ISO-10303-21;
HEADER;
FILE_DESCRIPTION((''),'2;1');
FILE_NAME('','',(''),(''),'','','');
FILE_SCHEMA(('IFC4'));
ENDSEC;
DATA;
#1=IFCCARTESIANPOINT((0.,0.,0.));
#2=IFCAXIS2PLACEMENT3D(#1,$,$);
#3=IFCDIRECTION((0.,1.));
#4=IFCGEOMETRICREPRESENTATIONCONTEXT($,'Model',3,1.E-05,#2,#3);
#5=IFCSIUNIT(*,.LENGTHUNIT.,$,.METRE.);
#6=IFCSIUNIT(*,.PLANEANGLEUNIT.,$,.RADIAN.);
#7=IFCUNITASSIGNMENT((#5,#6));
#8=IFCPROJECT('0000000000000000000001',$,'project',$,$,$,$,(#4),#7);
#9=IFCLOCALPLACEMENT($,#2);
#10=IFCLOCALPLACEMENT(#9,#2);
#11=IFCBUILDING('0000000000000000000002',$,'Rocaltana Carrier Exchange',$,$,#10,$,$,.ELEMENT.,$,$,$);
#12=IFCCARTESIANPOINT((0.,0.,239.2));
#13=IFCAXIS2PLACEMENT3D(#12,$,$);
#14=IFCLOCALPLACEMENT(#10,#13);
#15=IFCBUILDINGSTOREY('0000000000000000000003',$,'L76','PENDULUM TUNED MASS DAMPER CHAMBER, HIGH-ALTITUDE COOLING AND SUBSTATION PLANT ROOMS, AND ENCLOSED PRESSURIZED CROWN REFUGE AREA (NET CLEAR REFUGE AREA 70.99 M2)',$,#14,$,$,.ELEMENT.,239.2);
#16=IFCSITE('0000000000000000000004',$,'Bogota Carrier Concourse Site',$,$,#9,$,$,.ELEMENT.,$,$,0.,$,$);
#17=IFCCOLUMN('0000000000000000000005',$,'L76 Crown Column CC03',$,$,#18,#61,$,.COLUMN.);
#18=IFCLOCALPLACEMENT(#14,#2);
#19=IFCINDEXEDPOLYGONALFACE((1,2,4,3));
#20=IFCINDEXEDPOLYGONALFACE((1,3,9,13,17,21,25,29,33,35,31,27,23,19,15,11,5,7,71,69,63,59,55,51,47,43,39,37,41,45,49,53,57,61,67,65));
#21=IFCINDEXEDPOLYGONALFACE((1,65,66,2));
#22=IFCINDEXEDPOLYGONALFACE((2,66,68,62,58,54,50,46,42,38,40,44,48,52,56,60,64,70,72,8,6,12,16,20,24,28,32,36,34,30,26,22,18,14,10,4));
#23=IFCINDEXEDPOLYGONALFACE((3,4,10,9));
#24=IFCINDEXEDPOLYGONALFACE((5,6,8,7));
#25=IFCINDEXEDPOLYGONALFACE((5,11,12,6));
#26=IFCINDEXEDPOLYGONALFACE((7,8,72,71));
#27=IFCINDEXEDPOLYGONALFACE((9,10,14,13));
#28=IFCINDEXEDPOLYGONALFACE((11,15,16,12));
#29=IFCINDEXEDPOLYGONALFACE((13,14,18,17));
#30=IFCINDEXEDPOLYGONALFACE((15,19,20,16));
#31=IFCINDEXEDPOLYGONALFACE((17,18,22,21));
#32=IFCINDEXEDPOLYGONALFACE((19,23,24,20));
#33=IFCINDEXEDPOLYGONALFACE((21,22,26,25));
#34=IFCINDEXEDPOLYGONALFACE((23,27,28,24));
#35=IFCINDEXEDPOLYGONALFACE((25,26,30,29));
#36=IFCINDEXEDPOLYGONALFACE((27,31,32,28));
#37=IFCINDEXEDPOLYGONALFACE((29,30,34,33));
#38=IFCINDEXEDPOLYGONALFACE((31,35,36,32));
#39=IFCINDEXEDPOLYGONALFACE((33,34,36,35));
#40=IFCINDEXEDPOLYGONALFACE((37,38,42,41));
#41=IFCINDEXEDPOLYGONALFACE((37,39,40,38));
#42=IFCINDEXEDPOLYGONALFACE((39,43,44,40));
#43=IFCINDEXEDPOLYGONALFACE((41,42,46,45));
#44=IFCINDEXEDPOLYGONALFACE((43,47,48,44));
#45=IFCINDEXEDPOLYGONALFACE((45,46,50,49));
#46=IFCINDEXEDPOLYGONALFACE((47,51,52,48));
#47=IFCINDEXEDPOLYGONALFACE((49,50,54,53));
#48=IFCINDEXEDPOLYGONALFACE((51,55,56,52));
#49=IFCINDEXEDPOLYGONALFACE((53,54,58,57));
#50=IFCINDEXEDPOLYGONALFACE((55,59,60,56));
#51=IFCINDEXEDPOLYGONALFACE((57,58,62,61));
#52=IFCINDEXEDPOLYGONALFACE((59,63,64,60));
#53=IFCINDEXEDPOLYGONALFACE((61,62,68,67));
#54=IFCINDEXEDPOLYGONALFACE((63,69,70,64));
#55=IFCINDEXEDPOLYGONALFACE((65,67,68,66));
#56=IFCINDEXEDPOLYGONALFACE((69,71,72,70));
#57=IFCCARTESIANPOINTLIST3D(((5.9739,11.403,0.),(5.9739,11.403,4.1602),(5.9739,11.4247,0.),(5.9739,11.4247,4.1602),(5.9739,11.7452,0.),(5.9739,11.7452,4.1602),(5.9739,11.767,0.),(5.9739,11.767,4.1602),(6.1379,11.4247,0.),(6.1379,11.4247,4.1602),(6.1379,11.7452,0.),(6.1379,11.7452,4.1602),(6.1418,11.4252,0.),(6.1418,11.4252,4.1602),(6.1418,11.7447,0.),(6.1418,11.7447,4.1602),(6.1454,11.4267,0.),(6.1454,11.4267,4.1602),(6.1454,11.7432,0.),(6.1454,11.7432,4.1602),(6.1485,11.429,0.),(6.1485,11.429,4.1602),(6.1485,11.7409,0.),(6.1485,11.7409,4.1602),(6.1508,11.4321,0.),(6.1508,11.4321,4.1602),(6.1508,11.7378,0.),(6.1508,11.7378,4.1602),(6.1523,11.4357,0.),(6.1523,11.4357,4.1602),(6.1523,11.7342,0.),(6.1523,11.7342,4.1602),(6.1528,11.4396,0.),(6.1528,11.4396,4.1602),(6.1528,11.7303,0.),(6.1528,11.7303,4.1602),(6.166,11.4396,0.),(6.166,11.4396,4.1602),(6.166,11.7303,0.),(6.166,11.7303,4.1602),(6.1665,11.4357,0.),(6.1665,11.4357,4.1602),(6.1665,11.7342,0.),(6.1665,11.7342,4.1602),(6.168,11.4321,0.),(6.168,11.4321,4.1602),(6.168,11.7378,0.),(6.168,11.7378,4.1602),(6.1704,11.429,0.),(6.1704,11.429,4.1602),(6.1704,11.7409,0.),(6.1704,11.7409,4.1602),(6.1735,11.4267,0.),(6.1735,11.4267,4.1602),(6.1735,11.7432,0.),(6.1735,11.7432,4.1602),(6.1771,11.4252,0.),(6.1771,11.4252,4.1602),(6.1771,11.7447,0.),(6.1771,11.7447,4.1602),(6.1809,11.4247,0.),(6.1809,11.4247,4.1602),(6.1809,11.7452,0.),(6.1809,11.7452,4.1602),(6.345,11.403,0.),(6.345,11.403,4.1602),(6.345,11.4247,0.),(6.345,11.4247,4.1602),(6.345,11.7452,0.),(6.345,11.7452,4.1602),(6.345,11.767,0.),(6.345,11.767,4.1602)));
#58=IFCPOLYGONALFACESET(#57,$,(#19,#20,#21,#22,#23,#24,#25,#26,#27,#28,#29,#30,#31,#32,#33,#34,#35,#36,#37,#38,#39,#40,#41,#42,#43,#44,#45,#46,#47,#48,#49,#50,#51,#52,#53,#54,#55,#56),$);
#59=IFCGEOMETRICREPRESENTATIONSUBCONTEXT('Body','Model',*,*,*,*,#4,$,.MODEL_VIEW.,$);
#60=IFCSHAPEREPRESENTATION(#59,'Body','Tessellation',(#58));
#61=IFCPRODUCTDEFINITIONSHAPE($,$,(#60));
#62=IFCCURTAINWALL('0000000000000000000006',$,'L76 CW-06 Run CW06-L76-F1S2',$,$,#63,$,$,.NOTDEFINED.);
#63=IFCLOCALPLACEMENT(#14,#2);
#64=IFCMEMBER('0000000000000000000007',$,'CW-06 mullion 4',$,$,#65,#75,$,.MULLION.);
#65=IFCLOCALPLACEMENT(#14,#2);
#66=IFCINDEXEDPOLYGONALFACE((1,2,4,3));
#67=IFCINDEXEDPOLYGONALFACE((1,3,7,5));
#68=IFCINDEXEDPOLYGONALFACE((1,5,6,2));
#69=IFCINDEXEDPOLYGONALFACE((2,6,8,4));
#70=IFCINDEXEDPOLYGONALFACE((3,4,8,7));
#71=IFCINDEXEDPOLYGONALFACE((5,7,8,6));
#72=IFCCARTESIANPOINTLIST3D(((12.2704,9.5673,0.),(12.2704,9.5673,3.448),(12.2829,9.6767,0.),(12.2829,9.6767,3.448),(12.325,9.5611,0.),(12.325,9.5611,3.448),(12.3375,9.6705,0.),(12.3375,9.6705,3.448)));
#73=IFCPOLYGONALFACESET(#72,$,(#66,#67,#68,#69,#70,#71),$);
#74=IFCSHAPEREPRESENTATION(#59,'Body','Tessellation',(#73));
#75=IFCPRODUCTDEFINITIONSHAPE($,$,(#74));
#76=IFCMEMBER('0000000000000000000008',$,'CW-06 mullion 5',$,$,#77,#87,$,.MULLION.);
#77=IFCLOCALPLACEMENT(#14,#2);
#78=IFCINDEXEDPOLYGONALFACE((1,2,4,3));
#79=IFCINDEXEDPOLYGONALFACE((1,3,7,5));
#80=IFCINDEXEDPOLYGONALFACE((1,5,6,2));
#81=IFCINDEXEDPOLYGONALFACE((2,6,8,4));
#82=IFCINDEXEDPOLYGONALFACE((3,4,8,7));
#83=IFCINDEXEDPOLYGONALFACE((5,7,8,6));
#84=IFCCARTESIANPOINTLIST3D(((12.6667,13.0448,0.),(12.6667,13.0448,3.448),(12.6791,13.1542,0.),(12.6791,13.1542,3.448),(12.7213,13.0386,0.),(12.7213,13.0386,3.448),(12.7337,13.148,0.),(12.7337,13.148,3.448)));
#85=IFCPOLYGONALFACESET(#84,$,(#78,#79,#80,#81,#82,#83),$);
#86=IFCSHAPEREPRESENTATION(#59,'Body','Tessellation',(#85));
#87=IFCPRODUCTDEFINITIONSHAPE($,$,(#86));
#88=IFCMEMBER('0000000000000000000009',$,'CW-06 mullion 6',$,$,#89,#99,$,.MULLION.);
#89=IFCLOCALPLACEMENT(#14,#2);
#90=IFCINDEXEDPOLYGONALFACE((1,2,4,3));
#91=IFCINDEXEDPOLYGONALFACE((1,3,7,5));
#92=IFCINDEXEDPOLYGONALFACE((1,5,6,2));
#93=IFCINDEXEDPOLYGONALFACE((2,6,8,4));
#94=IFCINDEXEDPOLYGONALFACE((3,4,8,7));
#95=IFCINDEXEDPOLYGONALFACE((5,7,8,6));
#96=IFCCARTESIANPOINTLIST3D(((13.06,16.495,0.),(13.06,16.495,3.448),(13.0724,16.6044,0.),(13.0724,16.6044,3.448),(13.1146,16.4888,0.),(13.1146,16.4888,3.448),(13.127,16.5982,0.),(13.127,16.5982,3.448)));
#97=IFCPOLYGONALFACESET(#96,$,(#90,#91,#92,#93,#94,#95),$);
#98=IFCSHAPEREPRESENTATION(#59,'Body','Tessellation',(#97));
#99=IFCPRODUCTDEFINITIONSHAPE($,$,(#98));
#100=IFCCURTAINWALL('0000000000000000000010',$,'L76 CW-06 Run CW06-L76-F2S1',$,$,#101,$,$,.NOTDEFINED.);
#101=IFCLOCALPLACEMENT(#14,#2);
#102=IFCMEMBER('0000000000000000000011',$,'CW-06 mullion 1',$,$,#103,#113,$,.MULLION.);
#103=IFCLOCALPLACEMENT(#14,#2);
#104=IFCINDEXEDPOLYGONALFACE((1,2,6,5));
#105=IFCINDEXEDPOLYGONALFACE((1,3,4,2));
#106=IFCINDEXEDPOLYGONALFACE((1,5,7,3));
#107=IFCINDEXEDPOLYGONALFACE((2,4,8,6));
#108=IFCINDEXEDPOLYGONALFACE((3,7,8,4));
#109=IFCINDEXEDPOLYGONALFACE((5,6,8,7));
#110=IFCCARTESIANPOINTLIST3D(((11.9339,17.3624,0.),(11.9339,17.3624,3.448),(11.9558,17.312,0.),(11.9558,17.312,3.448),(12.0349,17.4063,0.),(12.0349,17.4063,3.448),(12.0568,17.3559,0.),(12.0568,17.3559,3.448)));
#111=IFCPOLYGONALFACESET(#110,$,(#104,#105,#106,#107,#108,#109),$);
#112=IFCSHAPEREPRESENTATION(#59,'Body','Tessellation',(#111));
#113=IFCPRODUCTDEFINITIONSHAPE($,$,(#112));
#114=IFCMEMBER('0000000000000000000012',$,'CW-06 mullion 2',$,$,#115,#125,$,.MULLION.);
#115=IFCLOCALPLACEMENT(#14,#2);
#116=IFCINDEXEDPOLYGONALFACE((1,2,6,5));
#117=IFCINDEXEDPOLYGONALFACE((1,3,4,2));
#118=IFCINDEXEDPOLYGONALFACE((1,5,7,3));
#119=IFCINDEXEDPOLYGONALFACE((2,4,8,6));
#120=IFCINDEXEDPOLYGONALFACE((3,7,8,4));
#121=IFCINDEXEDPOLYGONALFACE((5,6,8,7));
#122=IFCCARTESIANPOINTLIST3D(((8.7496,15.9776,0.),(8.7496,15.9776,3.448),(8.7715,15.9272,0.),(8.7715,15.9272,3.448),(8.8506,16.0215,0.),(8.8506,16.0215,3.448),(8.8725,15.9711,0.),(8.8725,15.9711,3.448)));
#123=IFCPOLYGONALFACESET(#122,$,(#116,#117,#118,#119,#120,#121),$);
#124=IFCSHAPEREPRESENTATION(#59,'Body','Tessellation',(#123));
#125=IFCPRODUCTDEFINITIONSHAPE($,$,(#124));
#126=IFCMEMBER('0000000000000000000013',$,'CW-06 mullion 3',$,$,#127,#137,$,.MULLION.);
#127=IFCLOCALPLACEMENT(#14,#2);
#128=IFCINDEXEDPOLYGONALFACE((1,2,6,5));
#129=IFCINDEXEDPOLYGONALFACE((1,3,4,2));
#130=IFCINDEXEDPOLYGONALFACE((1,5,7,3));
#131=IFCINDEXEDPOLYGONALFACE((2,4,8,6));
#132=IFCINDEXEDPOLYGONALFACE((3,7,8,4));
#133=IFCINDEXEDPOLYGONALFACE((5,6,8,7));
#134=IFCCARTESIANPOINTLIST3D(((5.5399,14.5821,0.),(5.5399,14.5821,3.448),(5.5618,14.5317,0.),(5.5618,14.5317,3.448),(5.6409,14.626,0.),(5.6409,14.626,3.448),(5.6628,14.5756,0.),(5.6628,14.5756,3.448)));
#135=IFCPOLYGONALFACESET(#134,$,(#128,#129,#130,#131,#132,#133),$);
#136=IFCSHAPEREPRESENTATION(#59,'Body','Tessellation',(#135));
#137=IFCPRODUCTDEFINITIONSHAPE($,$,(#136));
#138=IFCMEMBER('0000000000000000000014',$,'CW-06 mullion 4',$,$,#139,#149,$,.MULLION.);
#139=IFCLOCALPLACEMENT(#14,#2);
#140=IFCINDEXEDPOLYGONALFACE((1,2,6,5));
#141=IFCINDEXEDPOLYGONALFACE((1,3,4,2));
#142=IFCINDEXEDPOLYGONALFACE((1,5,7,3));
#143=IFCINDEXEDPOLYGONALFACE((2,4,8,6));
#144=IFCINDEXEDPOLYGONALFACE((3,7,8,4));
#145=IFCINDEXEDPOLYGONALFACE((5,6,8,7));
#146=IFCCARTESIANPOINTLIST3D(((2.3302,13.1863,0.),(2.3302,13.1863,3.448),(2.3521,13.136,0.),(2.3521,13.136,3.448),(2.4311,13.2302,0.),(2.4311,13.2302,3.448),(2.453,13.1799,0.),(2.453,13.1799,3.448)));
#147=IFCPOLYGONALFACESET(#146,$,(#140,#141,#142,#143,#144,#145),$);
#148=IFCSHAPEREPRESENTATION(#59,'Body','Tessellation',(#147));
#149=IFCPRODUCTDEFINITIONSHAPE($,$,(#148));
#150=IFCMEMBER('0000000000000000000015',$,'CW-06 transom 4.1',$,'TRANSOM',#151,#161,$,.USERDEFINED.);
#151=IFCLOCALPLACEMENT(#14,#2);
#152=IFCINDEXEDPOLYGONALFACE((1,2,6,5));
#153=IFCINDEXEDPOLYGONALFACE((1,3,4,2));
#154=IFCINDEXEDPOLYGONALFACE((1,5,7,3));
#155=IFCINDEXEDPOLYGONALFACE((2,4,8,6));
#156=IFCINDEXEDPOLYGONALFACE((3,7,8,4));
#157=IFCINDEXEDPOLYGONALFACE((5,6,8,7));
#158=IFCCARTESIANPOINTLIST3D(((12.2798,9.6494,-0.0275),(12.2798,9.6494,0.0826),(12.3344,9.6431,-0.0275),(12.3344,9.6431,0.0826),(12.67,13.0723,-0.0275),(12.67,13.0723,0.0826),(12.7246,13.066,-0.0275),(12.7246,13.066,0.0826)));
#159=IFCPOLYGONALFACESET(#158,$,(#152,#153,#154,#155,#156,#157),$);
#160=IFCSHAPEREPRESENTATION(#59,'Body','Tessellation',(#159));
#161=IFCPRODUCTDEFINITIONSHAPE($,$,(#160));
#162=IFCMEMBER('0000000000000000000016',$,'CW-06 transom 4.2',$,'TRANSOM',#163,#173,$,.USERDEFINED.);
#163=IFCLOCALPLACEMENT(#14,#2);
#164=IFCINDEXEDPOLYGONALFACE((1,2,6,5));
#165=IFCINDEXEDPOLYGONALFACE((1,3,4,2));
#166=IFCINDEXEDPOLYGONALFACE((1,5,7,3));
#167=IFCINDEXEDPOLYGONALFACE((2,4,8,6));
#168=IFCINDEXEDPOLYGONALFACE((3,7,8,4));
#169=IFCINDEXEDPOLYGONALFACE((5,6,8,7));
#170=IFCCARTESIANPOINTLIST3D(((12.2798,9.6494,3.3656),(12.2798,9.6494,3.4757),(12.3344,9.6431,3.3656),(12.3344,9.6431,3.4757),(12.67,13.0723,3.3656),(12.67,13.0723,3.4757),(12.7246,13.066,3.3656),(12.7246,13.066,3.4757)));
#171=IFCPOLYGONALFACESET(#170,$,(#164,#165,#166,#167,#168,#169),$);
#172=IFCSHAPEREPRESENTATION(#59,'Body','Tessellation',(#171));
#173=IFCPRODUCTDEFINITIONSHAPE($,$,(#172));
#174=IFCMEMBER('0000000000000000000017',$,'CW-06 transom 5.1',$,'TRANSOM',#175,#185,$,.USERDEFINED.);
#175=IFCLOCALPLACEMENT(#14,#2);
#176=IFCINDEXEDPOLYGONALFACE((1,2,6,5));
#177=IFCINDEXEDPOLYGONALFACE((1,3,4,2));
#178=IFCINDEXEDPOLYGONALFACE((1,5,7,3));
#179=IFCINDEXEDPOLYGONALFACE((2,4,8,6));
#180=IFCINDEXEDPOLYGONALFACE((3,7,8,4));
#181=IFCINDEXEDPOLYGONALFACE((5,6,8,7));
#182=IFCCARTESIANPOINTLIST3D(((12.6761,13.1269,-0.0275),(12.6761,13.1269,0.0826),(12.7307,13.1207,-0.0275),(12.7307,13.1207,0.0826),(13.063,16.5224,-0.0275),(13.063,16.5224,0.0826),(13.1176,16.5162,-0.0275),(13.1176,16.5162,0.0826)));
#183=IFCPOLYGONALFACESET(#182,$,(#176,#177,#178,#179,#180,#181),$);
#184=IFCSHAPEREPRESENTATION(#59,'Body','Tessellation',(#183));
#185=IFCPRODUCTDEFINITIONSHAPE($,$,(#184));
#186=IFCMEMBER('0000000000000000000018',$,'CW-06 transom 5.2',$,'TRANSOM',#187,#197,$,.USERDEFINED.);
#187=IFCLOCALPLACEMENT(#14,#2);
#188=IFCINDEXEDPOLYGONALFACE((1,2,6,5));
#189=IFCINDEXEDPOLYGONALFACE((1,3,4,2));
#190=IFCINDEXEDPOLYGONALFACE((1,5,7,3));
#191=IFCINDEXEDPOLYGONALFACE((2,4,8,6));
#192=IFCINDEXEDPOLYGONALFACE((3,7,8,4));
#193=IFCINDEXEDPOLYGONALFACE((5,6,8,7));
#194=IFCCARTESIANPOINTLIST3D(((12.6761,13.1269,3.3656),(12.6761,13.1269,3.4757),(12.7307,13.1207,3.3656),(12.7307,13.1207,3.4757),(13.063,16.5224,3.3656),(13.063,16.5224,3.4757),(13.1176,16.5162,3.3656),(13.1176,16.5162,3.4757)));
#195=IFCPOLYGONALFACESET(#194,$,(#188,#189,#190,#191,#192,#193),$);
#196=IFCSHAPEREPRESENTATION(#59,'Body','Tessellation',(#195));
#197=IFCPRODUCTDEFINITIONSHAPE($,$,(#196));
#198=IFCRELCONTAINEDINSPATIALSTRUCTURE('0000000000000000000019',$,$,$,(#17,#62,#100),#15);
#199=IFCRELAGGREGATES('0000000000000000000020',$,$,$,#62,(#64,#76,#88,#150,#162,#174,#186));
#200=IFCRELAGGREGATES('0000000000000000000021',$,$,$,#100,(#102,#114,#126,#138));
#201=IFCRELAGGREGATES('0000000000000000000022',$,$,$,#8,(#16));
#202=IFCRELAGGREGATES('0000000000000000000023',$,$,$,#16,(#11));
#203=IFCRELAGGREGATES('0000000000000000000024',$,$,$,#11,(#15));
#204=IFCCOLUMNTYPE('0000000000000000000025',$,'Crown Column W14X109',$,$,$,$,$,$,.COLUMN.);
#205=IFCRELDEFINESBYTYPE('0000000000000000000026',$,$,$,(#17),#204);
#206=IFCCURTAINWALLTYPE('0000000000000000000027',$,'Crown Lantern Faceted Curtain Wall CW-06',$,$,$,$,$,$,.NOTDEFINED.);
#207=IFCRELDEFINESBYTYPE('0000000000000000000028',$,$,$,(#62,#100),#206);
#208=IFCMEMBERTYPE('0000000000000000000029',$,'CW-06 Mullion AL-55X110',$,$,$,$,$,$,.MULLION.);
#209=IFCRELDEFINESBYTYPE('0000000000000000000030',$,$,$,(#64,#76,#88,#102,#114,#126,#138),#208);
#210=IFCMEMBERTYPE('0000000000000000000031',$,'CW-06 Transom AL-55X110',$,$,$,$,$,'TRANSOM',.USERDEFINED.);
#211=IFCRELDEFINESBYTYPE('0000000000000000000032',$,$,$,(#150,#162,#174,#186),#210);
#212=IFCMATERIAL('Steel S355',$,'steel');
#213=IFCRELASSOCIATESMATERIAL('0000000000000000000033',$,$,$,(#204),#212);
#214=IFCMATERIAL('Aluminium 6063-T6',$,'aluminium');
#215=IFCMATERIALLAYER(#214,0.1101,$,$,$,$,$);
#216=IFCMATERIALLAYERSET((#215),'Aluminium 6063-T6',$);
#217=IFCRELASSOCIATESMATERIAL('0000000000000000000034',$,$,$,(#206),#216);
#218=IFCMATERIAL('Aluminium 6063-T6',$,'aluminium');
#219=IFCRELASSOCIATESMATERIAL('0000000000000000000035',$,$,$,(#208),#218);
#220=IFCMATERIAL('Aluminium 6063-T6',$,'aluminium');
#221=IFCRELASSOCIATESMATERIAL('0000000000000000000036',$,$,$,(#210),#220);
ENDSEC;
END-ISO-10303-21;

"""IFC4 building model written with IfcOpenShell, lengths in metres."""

from ifc_helpers import new_model, si_unit, direction, frame, origin, origin_2d, place, context, subcontext, project, spatial, rectangle, i_section, extrude, material, layer, layer_set, material_profile, profile_set, type_object, element, aggregate, save


model = new_model("IFC4")

# Units and contexts
model_context = context("Model", 3, precision=1e-05, world=origin(), true_north=direction((0.0, 1.0)))
body_context = subcontext(model_context, "Body", "Model", "MODEL_VIEW")
ifc_project = project(units=[si_unit("LENGTHUNIT", "METRE"), si_unit("PLANEANGLEUNIT", "RADIAN")], contexts=[model_context])

# Site, building, storey
site_placement = place(None, origin())
site = spatial("IfcSite", under=ifc_project, at=site_placement, Name="Bogota Carrier Concourse Site", CompositionType="ELEMENT", RefElevation=0.0)
building_placement = place(site_placement, origin())
building = spatial("IfcBuilding", under=site, at=building_placement, Name="Rocaltana Carrier Exchange", CompositionType="ELEMENT")
storey_placement = place(building_placement, frame((0.0, 0.0, 239.2)))
storey = spatial("IfcBuildingStorey", under=building, at=storey_placement, Name="L76", Description="PENDULUM TUNED MASS DAMPER CHAMBER, HIGH-ALTITUDE COOLING AND SUBSTATION PLANT ROOMS, AND ENCLOSED PRESSURIZED CROWN REFUGE AREA (NET CLEAR REFUGE AREA 70.99 M2)", CompositionType="ELEMENT", Elevation=239.2)

# Column
ifc_material_1 = material(Name="Steel S355", Category="steel")
ifc_material_profile_1 = material_profile(ifc_material_1, i_section(OverallWidth=0.3711, OverallDepth=0.364, WebThickness=0.0132, FlangeThickness=0.0217, FilletRadius=0.0149, at=origin_2d()), Name="W14X109")
ifc_profile_set_1 = profile_set([ifc_material_profile_1], Name="Steel S355")
column_type = type_object("IfcColumnType", Name="Crown Column W14X109", PredefinedType="COLUMN", material=ifc_profile_set_1)
column_placement = place(storey_placement, frame((6.1594, 11.585, 0.0), z_axis=(0.0, 0.0, 1.0), x_axis=(1.0, 0.0, 0.0)))
element("IfcColumn", 1, at=column_placement, inside=storey, type_object=column_type, Name="L76 Crown Column CC03", PredefinedType="COLUMN", context=body_context, shape_type="SweptSolid", body=[
    extrude(i_section(OverallWidth=0.3711, OverallDepth=0.364, WebThickness=0.0132, FlangeThickness=0.0217, FilletRadius=0.0149, at=origin_2d()), origin(), (0.0, 0.0, 1.0), 4.1602),
])

# Curtain walls, members
ifc_material_2 = material(Name="Aluminium 6063-T6", Category="aluminium")
ifc_layer_1 = layer(ifc_material_2, 0.1101)
ifc_layer_set_1 = layer_set([ifc_layer_1], Name="Aluminium 6063-T6")
curtain_wall_type = type_object("IfcCurtainWallType", Name="Crown Lantern Faceted Curtain Wall CW-06", PredefinedType="NOTDEFINED", material=ifc_layer_set_1)
curtain_wall_1_placement = place(storey_placement, origin())
curtain_wall_1 = element("IfcCurtainWall", 2, at=curtain_wall_1_placement, inside=storey, type_object=curtain_wall_type, Name="L76 CW-06 Run CW06-L76-F1S2", PredefinedType="NOTDEFINED")
ifc_material_3 = material(Name="Aluminium 6063-T6", Category="aluminium")
ifc_material_profile_2 = material_profile(ifc_material_3, rectangle(XDim=0.0549, YDim=0.1101, at=origin_2d()), Name="AL-55X110")
ifc_profile_set_2 = profile_set([ifc_material_profile_2], Name="Aluminium 6063-T6")
member_type_1 = type_object("IfcMemberType", Name="CW-06 Mullion AL-55X110", PredefinedType="MULLION", material=ifc_profile_set_2)
member_1_placement = place(storey_placement, frame((12.304, 9.6189, 0.0), z_axis=(0.0, 0.0, 1.0), x_axis=(-0.993572, 0.113206, 0.0)))
member_1 = element("IfcMember", 3, at=member_1_placement, type_object=member_type_1, Name="CW-06 mullion 4", PredefinedType="MULLION", context=body_context, shape_type="SweptSolid", body=[
    extrude(rectangle(XDim=0.0549, YDim=0.1101, at=origin_2d()), origin(), (0.0, 0.0, 1.0), 3.448),
])
member_2_placement = place(storey_placement, frame((12.7002, 13.0964, 0.0), z_axis=(0.0, 0.0, 1.0), x_axis=(-0.993572, 0.113206, 0.0)))
member_2 = element("IfcMember", 4, at=member_2_placement, type_object=member_type_1, Name="CW-06 mullion 5", PredefinedType="MULLION", context=body_context, shape_type="SweptSolid", body=[
    extrude(rectangle(XDim=0.0549, YDim=0.1101, at=origin_2d()), origin(), (0.0, 0.0, 1.0), 3.448),
])
member_3_placement = place(storey_placement, frame((13.0935, 16.5466, 0.0), z_axis=(0.0, 0.0, 1.0), x_axis=(-0.993572, 0.113206, 0.0)))
member_3 = element("IfcMember", 5, at=member_3_placement, type_object=member_type_1, Name="CW-06 mullion 6", PredefinedType="MULLION", context=body_context, shape_type="SweptSolid", body=[
    extrude(rectangle(XDim=0.0549, YDim=0.1101, at=origin_2d()), origin(), (0.0, 0.0, 1.0), 3.448),
])
curtain_wall_2_placement = place(storey_placement, origin())
curtain_wall_2 = element("IfcCurtainWall", 6, at=curtain_wall_2_placement, inside=storey, type_object=curtain_wall_type, Name="L76 CW-06 Run CW06-L76-F2S1", PredefinedType="NOTDEFINED")
member_4_placement = place(storey_placement, frame((11.9954, 17.3591, 0.0), z_axis=(0.0, 0.0, 1.0), x_axis=(0.39875, -0.91706, 0.0)))
member_4 = element("IfcMember", 7, at=member_4_placement, type_object=member_type_1, Name="CW-06 mullion 1", PredefinedType="MULLION", context=body_context, shape_type="SweptSolid", body=[
    extrude(rectangle(XDim=0.0549, YDim=0.1101, at=origin_2d()), origin(), (0.0, 0.0, 1.0), 3.448),
])
member_5_placement = place(storey_placement, frame((8.811, 15.9744, 0.0), z_axis=(0.0, 0.0, 1.0), x_axis=(0.39875, -0.91706, 0.0)))
member_5 = element("IfcMember", 8, at=member_5_placement, type_object=member_type_1, Name="CW-06 mullion 2", PredefinedType="MULLION", context=body_context, shape_type="SweptSolid", body=[
    extrude(rectangle(XDim=0.0549, YDim=0.1101, at=origin_2d()), origin(), (0.0, 0.0, 1.0), 3.448),
])
member_6_placement = place(storey_placement, frame((5.6013, 14.5789, 0.0), z_axis=(0.0, 0.0, 1.0), x_axis=(0.39875, -0.91706, 0.0)))
member_6 = element("IfcMember", 9, at=member_6_placement, type_object=member_type_1, Name="CW-06 mullion 3", PredefinedType="MULLION", context=body_context, shape_type="SweptSolid", body=[
    extrude(rectangle(XDim=0.0549, YDim=0.1101, at=origin_2d()), origin(), (0.0, 0.0, 1.0), 3.448),
])
member_7_placement = place(storey_placement, frame((2.3916, 13.1831, 0.0), z_axis=(0.0, 0.0, 1.0), x_axis=(0.39875, -0.91706, 0.0)))
member_7 = element("IfcMember", 10, at=member_7_placement, type_object=member_type_1, Name="CW-06 mullion 4", PredefinedType="MULLION", context=body_context, shape_type="SweptSolid", body=[
    extrude(rectangle(XDim=0.0549, YDim=0.1101, at=origin_2d()), origin(), (0.0, 0.0, 1.0), 3.448),
])

# Members
ifc_material_4 = material(Name="Aluminium 6063-T6", Category="aluminium")
ifc_material_profile_3 = material_profile(ifc_material_4, rectangle(XDim=0.0549, YDim=0.1101, at=origin_2d()), Name="AL-55X110")
ifc_profile_set_3 = profile_set([ifc_material_profile_3], Name="Aluminium 6063-T6")
member_type_2 = type_object("IfcMemberType", Name="CW-06 Transom AL-55X110", ElementType="TRANSOM", PredefinedType="USERDEFINED", material=ifc_profile_set_3)
member_8_placement = place(storey_placement, frame((12.3071, 9.6462, 0.0276), z_axis=(0.113247, 0.993567, 0.0), x_axis=(-0.993567, 0.113247, 0.0)))
member_8 = element("IfcMember", 11, at=member_8_placement, type_object=member_type_2, Name="CW-06 transom 4.1", ObjectType="TRANSOM", PredefinedType="USERDEFINED", context=body_context, shape_type="SweptSolid", body=[
    extrude(rectangle(XDim=0.0549, YDim=0.1101, at=origin_2d()), origin(), (0.0, 0.0, 1.0), 3.4451),
])
member_9_placement = place(storey_placement, frame((12.3071, 9.6462, 3.4207), z_axis=(0.113247, 0.993567, 0.0), x_axis=(-0.993567, 0.113247, 0.0)))
member_9 = element("IfcMember", 12, at=member_9_placement, type_object=member_type_2, Name="CW-06 transom 4.2", ObjectType="TRANSOM", PredefinedType="USERDEFINED", context=body_context, shape_type="SweptSolid", body=[
    extrude(rectangle(XDim=0.0549, YDim=0.1101, at=origin_2d()), origin(), (0.0, 0.0, 1.0), 3.4451),
])
member_10_placement = place(storey_placement, frame((12.7034, 13.1238, 0.0276), z_axis=(0.11323, 0.993569, 0.0), x_axis=(-0.993569, 0.11323, 0.0)))
member_10 = element("IfcMember", 13, at=member_10_placement, type_object=member_type_2, Name="CW-06 transom 5.1", ObjectType="TRANSOM", PredefinedType="USERDEFINED", context=body_context, shape_type="SweptSolid", body=[
    extrude(rectangle(XDim=0.0549, YDim=0.1101, at=origin_2d()), origin(), (0.0, 0.0, 1.0), 3.4175),
])
member_11_placement = place(storey_placement, frame((12.7034, 13.1238, 3.4207), z_axis=(0.11323, 0.993569, 0.0), x_axis=(-0.993569, 0.11323, 0.0)))
member_11 = element("IfcMember", 14, at=member_11_placement, type_object=member_type_2, Name="CW-06 transom 5.2", ObjectType="TRANSOM", PredefinedType="USERDEFINED", context=body_context, shape_type="SweptSolid", body=[
    extrude(rectangle(XDim=0.0549, YDim=0.1101, at=origin_2d()), origin(), (0.0, 0.0, 1.0), 3.4175),
])

aggregate(curtain_wall_1, [member_1, member_2, member_3, member_8, member_9, member_10, member_11])
aggregate(curtain_wall_2, [member_4, member_5, member_6, member_7])

save(model, "model.ifc")
